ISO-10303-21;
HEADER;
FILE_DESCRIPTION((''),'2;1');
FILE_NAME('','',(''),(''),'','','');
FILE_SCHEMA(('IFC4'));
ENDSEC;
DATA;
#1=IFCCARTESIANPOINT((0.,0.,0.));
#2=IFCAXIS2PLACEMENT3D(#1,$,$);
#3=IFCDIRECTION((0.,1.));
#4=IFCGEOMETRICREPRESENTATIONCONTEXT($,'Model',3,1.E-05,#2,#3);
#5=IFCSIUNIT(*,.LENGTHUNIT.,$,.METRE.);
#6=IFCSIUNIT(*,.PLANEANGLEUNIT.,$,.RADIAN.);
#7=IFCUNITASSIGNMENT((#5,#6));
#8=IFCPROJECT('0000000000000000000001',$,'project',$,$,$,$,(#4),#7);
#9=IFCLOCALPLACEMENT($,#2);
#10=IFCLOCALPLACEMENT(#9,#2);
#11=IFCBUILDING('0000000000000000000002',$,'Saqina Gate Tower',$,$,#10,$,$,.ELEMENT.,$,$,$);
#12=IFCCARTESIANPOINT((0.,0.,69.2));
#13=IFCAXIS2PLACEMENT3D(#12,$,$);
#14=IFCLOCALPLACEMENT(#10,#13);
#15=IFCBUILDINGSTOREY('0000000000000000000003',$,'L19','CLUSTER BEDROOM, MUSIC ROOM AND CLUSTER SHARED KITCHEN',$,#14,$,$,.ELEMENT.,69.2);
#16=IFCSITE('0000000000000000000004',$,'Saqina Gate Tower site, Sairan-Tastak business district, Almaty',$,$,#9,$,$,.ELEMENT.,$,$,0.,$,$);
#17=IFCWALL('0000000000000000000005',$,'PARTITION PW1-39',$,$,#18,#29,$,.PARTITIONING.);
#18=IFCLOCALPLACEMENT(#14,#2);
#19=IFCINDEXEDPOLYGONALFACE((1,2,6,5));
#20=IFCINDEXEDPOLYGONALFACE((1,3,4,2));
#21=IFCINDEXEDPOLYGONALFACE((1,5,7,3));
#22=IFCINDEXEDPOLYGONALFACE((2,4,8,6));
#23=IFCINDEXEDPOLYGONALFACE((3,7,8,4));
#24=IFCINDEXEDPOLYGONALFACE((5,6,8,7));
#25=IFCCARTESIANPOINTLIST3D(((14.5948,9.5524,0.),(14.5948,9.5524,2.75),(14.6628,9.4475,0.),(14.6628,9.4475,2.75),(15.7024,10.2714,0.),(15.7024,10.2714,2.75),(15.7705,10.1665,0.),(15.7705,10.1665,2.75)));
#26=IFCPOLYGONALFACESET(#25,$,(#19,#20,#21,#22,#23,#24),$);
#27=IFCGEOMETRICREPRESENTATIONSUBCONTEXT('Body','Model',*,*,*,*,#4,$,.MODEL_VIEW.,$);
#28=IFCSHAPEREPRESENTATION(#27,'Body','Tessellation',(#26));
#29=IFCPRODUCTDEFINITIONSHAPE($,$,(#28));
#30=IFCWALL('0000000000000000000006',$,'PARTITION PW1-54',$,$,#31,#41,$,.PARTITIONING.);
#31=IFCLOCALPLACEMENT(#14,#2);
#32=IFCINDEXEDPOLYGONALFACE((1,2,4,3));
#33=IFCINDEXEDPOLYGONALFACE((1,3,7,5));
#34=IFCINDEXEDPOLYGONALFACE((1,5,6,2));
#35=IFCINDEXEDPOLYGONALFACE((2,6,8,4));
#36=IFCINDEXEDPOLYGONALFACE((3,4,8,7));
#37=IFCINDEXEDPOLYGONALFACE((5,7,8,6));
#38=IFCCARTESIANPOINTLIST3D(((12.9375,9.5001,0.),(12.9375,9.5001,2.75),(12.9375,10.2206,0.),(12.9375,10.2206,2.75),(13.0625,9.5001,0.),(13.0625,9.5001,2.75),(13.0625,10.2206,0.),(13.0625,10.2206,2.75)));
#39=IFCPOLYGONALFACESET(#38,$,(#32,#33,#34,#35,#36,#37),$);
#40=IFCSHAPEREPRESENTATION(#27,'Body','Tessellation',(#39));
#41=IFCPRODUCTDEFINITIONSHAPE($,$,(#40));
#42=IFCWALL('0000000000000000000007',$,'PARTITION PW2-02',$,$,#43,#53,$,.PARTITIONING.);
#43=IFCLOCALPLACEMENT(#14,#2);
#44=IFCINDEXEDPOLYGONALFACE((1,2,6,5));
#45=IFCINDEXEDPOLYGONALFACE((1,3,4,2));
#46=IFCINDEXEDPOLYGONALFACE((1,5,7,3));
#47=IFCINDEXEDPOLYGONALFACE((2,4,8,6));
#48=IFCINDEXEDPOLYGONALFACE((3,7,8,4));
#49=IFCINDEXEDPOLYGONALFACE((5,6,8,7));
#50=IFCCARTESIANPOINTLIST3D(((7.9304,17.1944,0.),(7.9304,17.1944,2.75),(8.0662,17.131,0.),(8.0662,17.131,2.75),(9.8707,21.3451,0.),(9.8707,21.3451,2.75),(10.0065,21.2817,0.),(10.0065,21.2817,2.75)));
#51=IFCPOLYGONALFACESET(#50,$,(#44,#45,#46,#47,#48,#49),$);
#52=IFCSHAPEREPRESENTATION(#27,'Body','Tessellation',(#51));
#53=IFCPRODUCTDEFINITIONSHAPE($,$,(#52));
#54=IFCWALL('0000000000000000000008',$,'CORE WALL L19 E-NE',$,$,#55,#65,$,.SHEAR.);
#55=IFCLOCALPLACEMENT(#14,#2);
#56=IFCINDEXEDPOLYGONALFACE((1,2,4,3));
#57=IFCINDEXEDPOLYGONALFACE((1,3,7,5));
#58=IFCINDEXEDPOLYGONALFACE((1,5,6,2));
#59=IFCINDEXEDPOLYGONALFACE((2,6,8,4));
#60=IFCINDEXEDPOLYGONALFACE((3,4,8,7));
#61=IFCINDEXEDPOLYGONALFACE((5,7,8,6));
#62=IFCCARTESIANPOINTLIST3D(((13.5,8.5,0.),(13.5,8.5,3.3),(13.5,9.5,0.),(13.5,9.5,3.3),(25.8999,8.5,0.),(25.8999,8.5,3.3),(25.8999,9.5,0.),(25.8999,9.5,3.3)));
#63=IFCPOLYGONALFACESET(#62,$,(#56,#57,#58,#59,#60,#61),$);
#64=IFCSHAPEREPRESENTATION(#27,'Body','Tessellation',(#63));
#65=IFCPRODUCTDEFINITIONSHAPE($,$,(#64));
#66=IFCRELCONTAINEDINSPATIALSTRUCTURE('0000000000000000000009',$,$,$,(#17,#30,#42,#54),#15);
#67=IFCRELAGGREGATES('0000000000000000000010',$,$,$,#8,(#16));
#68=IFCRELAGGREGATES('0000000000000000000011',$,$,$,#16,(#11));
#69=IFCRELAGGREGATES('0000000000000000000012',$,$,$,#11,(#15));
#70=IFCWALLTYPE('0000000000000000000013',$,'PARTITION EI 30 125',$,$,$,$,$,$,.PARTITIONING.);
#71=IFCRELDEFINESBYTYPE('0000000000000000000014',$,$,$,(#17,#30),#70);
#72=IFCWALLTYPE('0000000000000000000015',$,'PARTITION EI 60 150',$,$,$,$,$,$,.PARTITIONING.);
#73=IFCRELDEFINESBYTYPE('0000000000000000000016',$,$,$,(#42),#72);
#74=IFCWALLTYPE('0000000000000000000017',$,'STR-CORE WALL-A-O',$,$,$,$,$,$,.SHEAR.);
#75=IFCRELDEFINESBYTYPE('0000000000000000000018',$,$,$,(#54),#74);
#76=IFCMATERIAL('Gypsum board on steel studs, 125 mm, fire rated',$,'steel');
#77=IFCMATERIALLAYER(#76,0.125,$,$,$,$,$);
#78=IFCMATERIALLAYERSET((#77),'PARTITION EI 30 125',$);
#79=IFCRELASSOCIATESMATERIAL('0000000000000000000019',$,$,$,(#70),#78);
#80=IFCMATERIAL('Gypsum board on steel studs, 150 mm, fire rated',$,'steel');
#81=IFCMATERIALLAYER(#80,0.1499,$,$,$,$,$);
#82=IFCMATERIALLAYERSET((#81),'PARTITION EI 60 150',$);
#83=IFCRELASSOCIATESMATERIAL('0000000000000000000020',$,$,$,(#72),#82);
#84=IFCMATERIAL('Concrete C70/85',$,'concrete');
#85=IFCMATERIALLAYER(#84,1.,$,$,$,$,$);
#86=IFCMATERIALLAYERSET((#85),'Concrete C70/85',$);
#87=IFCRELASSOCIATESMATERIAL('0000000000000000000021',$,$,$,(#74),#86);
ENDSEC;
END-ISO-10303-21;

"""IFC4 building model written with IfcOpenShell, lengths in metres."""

from ifc_helpers import new_model, si_unit, direction, frame, frame_2d, origin, place, context, subcontext, project, spatial, rectangle, extrude, material, layer, layer_set, type_object, element, save


model = new_model("IFC4")

# Units and contexts
model_context = context("Model", 3, precision=1e-05, world=origin(), true_north=direction((0.0, 1.0)))
body_context = subcontext(model_context, "Body", "Model", "MODEL_VIEW")
ifc_project = project(units=[si_unit("LENGTHUNIT", "METRE"), si_unit("PLANEANGLEUNIT", "RADIAN")], contexts=[model_context])

# Site, building, storey
site_placement = place(None, origin())
site = spatial("IfcSite", under=ifc_project, at=site_placement, Name="Saqina Gate Tower site, Sairan-Tastak business district, Almaty", CompositionType="ELEMENT", RefElevation=0.0)
building_placement = place(site_placement, origin())
building = spatial("IfcBuilding", under=site, at=building_placement, Name="Saqina Gate Tower", CompositionType="ELEMENT")
storey_placement = place(building_placement, frame((0.0, 0.0, 69.2)))
storey = spatial("IfcBuildingStorey", under=building, at=storey_placement, Name="L19", Description="CLUSTER BEDROOM, MUSIC ROOM AND CLUSTER SHARED KITCHEN", CompositionType="ELEMENT", Elevation=69.2)

# Shared definitions
ifc_material_1 = material(Name="Gypsum board on steel studs, 125 mm, fire rated", Category="steel")
ifc_layer_1 = layer(ifc_material_1, 0.125)
ifc_layer_set_1 = layer_set([ifc_layer_1], Name="PARTITION EI 30 125")
wall_type_1 = type_object("IfcWallType", Name="PARTITION EI 30 125", PredefinedType="PARTITIONING", material=ifc_layer_set_1)

# Walls
wall_1_placement = place(storey_placement, frame((14.6289, 9.5, 0.0), z_axis=(0.0, 0.0, 1.0), x_axis=(0.838786, 0.544462, 0.0)))
element("IfcWall", 1, at=wall_1_placement, inside=storey, type_object=wall_type_1, Name="PARTITION PW1-39", PredefinedType="PARTITIONING", context=body_context, shape_type="SweptSolid", body=[
    extrude(rectangle(XDim=1.3206, YDim=0.125, at=frame_2d((0.6602, 0.0))), origin(), (0.0, 0.0, 1.0), 2.75),
])
wall_2_placement = place(storey_placement, frame((13.0, 9.5, 0.0), z_axis=(0.0, 0.0, 1.0), x_axis=(0.0, 1.0, 0.0)))
element("IfcWall", 2, at=wall_2_placement, inside=storey, type_object=wall_type_1, Name="PARTITION PW1-54", PredefinedType="PARTITIONING", context=body_context, shape_type="SweptSolid", body=[
    extrude(rectangle(XDim=0.7205, YDim=0.125, at=frame_2d((0.3604, 0.0))), origin(), (0.0, 0.0, 1.0), 2.75),
])
ifc_material_2 = material(Name="Gypsum board on steel studs, 150 mm, fire rated", Category="steel")
ifc_layer_2 = layer(ifc_material_2, 0.1499)
ifc_layer_set_2 = layer_set([ifc_layer_2], Name="PARTITION EI 60 150")
wall_type_2 = type_object("IfcWallType", Name="PARTITION EI 60 150", PredefinedType="PARTITIONING", material=ifc_layer_set_2)
wall_3_placement = place(storey_placement, frame((7.9983, 17.1626, 0.0), z_axis=(0.0, 0.0, 1.0), x_axis=(0.423463, 0.905913, 0.0)))
element("IfcWall", 3, at=wall_3_placement, inside=storey, type_object=wall_type_2, Name="PARTITION PW2-02", PredefinedType="PARTITIONING", context=body_context, shape_type="SweptSolid", body=[
    extrude(rectangle(XDim=4.5818, YDim=0.1499, at=frame_2d((2.291, 0.0))), origin(), (0.0, 0.0, 1.0), 2.75),
])
ifc_material_3 = material(Name="Concrete C70/85", Category="concrete")
ifc_layer_3 = layer(ifc_material_3, 1.0)
ifc_layer_set_3 = layer_set([ifc_layer_3], Name="Concrete C70/85")
wall_type_3 = type_object("IfcWallType", Name="STR-CORE WALL-A-O", PredefinedType="SHEAR", material=ifc_layer_set_3)
wall_4_placement = place(storey_placement, frame((13.5, 9.0, 0.0), z_axis=(0.0, 0.0, 1.0), x_axis=(1.0, 0.0, 0.0)))
element("IfcWall", 4, at=wall_4_placement, inside=storey, type_object=wall_type_3, Name="CORE WALL L19 E-NE", PredefinedType="SHEAR", context=body_context, shape_type="SweptSolid", body=[
    extrude(rectangle(XDim=12.3999, YDim=1.0, at=frame_2d((6.2, 0.0))), origin(), (0.0, 0.0, 1.0), 3.3),
])

save(model, "model.ifc")
